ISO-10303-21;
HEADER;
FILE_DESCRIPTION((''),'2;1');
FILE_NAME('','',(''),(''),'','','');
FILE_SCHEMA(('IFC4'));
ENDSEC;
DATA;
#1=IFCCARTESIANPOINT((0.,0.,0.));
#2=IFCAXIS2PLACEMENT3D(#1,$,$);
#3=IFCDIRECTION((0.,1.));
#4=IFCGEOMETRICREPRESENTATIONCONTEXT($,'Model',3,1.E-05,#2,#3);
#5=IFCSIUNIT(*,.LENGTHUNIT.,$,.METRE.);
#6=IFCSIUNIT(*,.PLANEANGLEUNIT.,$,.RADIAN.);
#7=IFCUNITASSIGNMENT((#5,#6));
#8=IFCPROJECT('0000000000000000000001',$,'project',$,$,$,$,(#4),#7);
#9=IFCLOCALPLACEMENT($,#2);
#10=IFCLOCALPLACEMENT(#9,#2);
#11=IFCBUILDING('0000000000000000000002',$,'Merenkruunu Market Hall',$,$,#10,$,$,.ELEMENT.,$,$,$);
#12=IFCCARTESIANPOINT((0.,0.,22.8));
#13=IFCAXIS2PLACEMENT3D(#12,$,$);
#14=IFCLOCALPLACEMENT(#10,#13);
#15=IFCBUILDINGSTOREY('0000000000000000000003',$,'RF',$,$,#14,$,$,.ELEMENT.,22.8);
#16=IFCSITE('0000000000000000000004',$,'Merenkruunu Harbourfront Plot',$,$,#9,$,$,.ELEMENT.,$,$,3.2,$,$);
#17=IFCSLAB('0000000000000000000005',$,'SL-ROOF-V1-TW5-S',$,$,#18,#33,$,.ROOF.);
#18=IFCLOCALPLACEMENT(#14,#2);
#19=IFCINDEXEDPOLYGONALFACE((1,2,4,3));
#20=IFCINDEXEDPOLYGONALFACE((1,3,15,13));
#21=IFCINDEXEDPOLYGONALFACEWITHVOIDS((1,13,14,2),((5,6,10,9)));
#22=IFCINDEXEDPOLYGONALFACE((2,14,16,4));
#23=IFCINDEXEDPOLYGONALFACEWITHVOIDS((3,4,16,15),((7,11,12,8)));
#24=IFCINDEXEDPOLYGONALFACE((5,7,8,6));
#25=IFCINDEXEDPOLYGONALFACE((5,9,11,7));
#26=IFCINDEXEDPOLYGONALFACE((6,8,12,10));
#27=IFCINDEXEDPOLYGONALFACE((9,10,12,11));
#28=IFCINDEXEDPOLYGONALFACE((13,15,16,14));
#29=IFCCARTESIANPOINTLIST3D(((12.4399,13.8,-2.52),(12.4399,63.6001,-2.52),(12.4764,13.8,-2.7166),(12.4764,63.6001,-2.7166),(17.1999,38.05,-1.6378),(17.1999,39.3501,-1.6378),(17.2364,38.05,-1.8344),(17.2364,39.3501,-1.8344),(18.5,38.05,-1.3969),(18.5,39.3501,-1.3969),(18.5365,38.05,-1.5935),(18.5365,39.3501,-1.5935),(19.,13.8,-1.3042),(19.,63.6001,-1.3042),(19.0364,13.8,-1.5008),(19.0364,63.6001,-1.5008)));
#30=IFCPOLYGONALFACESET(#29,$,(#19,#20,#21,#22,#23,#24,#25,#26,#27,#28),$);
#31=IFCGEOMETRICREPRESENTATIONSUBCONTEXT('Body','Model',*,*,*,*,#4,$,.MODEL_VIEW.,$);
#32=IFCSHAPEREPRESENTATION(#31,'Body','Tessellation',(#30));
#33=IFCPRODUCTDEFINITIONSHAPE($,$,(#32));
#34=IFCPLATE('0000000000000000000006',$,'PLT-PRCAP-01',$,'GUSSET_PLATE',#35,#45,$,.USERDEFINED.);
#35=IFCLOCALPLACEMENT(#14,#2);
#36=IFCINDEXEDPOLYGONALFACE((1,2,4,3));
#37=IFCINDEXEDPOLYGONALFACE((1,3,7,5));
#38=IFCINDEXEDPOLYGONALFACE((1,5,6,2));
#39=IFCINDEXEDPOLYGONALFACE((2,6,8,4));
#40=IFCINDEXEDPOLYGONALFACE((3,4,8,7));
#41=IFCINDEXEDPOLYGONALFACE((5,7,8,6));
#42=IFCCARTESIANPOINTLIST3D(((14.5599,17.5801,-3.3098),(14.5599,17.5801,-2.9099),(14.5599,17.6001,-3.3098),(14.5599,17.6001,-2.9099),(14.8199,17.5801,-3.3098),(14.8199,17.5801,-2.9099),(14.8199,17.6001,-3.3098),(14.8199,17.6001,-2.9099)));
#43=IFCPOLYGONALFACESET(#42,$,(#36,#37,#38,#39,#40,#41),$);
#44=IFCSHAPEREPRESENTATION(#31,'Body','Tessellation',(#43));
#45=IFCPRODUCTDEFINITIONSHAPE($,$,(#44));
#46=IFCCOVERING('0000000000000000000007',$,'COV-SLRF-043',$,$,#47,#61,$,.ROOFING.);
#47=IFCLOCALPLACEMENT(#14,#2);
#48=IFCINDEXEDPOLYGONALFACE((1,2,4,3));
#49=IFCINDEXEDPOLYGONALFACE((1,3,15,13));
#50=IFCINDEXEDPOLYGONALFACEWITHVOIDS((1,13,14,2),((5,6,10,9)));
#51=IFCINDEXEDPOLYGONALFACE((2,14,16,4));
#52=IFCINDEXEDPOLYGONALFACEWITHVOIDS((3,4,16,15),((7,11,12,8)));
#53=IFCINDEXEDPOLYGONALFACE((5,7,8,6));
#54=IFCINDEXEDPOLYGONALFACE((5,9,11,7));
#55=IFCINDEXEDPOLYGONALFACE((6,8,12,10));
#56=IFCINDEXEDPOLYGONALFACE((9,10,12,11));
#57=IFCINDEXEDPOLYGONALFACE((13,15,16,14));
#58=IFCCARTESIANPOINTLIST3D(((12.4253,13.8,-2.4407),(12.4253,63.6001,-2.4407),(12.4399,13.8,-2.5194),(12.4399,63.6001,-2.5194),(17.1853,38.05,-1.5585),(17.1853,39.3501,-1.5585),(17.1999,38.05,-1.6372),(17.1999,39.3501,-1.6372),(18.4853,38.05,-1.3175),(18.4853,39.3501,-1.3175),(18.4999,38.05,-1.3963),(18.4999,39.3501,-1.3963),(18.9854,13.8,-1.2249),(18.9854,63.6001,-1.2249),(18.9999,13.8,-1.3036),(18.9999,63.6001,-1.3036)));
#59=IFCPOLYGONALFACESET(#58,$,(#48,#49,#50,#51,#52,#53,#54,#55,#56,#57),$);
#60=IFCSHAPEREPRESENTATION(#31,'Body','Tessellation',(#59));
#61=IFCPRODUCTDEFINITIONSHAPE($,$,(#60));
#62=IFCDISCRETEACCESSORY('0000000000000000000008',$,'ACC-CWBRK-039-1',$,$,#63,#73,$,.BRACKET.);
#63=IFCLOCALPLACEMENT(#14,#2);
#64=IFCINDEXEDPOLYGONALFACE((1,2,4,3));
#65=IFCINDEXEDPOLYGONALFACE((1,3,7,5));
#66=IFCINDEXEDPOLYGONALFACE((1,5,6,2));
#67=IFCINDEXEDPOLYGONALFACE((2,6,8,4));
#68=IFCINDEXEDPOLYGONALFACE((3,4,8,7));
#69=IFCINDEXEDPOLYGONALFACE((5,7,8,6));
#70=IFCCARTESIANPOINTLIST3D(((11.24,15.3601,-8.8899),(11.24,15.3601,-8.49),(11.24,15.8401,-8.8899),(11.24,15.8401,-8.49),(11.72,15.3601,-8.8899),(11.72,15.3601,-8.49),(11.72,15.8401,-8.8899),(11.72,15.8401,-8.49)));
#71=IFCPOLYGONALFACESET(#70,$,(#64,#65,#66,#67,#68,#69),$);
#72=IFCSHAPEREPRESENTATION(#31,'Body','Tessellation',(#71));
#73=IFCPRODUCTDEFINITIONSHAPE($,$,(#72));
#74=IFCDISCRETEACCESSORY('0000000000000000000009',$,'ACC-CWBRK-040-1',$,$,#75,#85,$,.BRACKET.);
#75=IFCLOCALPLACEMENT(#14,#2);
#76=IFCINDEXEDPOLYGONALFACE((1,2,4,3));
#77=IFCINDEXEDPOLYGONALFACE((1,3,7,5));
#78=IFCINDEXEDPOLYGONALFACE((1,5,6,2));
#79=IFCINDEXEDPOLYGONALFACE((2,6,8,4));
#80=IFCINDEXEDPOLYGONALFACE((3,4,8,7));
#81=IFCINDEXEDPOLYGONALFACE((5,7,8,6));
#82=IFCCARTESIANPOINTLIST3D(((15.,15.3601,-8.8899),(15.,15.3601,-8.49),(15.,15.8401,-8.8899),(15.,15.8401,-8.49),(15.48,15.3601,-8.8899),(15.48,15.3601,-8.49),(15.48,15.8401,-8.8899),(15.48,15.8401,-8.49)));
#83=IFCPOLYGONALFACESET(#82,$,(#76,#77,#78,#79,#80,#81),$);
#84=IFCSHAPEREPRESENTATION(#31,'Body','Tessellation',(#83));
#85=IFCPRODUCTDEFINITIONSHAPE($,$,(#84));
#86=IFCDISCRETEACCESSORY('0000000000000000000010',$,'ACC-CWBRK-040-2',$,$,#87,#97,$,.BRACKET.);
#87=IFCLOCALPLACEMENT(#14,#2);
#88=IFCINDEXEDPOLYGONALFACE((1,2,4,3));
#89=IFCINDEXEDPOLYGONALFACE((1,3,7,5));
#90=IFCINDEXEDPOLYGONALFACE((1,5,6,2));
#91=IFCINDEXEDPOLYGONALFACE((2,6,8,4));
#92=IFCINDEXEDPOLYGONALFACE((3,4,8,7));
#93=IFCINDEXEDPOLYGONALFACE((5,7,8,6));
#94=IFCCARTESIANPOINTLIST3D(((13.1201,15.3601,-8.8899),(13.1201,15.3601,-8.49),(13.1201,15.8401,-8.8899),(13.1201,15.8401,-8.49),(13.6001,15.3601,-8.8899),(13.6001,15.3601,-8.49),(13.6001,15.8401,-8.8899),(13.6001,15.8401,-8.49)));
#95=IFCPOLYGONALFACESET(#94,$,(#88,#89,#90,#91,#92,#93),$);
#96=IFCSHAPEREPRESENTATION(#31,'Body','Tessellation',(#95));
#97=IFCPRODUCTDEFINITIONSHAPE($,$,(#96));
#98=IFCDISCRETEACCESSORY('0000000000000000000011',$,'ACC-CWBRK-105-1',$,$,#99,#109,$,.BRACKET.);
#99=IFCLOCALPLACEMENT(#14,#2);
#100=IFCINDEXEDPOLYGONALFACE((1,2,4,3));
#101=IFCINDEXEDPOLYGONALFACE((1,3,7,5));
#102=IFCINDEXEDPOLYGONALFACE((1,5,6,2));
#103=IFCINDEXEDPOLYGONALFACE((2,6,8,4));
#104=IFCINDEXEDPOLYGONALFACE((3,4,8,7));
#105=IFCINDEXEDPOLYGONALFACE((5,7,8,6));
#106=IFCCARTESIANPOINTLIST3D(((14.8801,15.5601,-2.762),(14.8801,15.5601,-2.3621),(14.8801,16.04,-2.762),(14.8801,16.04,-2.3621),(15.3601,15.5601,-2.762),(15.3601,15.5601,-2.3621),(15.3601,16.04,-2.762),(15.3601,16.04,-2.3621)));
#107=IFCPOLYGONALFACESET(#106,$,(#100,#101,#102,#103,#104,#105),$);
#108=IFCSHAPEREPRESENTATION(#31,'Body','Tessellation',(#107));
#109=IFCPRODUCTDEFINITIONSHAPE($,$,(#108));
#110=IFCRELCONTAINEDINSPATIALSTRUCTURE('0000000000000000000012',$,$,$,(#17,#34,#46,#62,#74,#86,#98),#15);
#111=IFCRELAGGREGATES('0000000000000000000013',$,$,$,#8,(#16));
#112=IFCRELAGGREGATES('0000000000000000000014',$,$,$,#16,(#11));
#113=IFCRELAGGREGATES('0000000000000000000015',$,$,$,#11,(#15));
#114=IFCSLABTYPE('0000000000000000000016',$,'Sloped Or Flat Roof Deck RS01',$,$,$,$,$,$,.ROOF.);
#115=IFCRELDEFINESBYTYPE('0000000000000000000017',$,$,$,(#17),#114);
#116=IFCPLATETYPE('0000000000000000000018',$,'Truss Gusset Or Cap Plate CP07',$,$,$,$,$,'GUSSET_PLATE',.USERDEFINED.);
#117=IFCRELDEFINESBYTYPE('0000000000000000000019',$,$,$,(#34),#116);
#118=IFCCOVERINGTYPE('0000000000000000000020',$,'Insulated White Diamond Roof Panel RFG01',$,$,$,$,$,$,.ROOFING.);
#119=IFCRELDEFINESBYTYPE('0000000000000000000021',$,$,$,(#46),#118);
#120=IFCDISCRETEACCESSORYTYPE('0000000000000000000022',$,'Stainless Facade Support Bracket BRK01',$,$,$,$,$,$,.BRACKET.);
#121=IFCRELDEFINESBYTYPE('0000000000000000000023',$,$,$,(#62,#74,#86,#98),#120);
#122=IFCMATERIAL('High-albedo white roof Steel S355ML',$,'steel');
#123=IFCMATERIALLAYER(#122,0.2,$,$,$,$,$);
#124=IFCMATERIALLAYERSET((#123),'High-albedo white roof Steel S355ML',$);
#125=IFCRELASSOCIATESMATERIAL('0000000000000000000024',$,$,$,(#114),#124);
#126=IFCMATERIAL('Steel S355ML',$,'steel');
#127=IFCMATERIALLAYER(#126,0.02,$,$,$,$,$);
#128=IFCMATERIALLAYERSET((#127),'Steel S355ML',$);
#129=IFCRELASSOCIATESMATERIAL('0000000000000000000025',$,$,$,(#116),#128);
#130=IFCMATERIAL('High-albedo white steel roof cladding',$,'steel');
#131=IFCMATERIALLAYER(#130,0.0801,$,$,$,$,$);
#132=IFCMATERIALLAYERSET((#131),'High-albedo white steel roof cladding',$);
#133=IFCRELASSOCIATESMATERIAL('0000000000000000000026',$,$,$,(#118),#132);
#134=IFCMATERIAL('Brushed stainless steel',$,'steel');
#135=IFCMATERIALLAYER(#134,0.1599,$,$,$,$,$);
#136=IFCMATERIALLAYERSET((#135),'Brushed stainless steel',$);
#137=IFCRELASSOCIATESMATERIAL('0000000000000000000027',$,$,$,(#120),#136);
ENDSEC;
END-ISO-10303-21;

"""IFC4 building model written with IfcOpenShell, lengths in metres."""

from ifc_helpers import new_model, si_unit, direction, frame, origin, origin_2d, place, context, subcontext, project, spatial, polyline, rectangle, outline, extrude, material, layer, layer_set, type_object, element, save


model = new_model("IFC4")

# Units and contexts
model_context = context("Model", 3, precision=1e-05, world=origin(), true_north=direction((0.0, 1.0)))
body_context = subcontext(model_context, "Body", "Model", "MODEL_VIEW")
ifc_project = project(units=[si_unit("LENGTHUNIT", "METRE"), si_unit("PLANEANGLEUNIT", "RADIAN")], contexts=[model_context])

# Site, building, storey
site_placement = place(None, origin())
site = spatial("IfcSite", under=ifc_project, at=site_placement, Name="Merenkruunu Harbourfront Plot", CompositionType="ELEMENT", RefElevation=3.2)
building_placement = place(site_placement, origin())
building = spatial("IfcBuilding", under=site, at=building_placement, Name="Merenkruunu Market Hall", CompositionType="ELEMENT")
storey_placement = place(building_placement, frame((0.0, 0.0, 22.8)))
storey = spatial("IfcBuildingStorey", under=building, at=storey_placement, Name="RF", CompositionType="ELEMENT", Elevation=22.8)

# Slab
ifc_material_1 = material(Name="High-albedo white roof Steel S355ML", Category="steel")
ifc_layer_1 = layer(ifc_material_1, 0.2)
ifc_layer_set_1 = layer_set([ifc_layer_1], Name="High-albedo white roof Steel S355ML")
slab_type = type_object("IfcSlabType", Name="Sloped Or Flat Roof Deck RS01", PredefinedType="ROOF", material=ifc_layer_set_1)
slab_placement = place(storey_placement, frame((12.4399, 13.8, -2.52), z_axis=(-0.182233, 0.0, 0.983255), x_axis=(0.983255, 0.0, 0.182233)))
element("IfcSlab", 1, at=slab_placement, inside=storey, type_object=slab_type, Name="SL-ROOF-V1-TW5-S", PredefinedType="ROOF", context=body_context, shape_type="SweptSolid", body=[
    extrude(outline(polyline([(0.0, 0.0), (6.6718, 0.0), (6.6718, 49.8), (0.0, 49.8), (0.0, 0.0)]), holes=[polyline([(4.841, 24.25), (6.1633, 24.25), (6.1633, 25.55), (4.841, 25.55), (4.841, 24.25)])]), origin(), (0.0, 0.0, -1.0), 0.2),
])

# Plate
ifc_material_2 = material(Name="Steel S355ML", Category="steel")
ifc_layer_2 = layer(ifc_material_2, 0.02)
ifc_layer_set_2 = layer_set([ifc_layer_2], Name="Steel S355ML")
plate_type_1 = type_object("IfcPlateType", Name="Truss Gusset Or Cap Plate CP07", ElementType="GUSSET_PLATE", PredefinedType="USERDEFINED", material=ifc_layer_set_2)
plate_1_placement = place(storey_placement, frame((14.6899, 17.5901, -3.3098), z_axis=(0.0, 0.0, 1.0), x_axis=(1.0, 0.0, 0.0)))
element("IfcPlate", 2, at=plate_1_placement, inside=storey, type_object=plate_type_1, Name="PLT-PRCAP-01", ObjectType="GUSSET_PLATE", PredefinedType="USERDEFINED", context=body_context, shape_type="SweptSolid", body=[
    extrude(rectangle(XDim=0.26, YDim=0.02, at=origin_2d()), origin(), (0.0, 0.0, 1.0), 0.3999),
])

# Covering
ifc_material_3 = material(Name="High-albedo white steel roof cladding", Category="steel")
ifc_layer_3 = layer(ifc_material_3, 0.0801)
ifc_layer_set_3 = layer_set([ifc_layer_3], Name="High-albedo white steel roof cladding")
covering_type = type_object("IfcCoveringType", Name="Insulated White Diamond Roof Panel RFG01", PredefinedType="ROOFING", material=ifc_layer_set_3)
covering_placement = place(storey_placement, frame((12.4253, 13.8, -2.4407), z_axis=(-0.182233, 0.0, 0.983255), x_axis=(0.983255, 0.0, 0.182233)))
element("IfcCovering", 3, at=covering_placement, inside=storey, type_object=covering_type, Name="COV-SLRF-043", PredefinedType="ROOFING", context=body_context, shape_type="SweptSolid", body=[
    extrude(outline(polyline([(0.0, 0.0), (6.6718, 0.0), (6.6718, 49.8), (0.0, 49.8), (0.0, 0.0)]), holes=[polyline([(4.841, 24.25), (6.1632, 24.25), (6.1632, 25.55), (4.841, 25.55), (4.841, 24.25)])]), origin(), (0.0, 0.0, -1.0), 0.0801),
])

# Discrete accessories
ifc_material_4 = material(Name="Brushed stainless steel", Category="steel")
ifc_layer_4 = layer(ifc_material_4, 0.1599)
ifc_layer_set_4 = layer_set([ifc_layer_4], Name="Brushed stainless steel")
discrete_accessory_type = type_object("IfcDiscreteAccessoryType", Name="Stainless Facade Support Bracket BRK01", PredefinedType="BRACKET", material=ifc_layer_set_4)
for number, where, z_axis, x_axis, name in (
    (4, (11.48, 15.6001, -8.8899), (0.0, 0.0, 1.0), (1.0, 0.0, 0.0), "ACC-CWBRK-039-1"),
    (5, (15.24, 15.6001, -8.8899), (0.0, 0.0, 1.0), (1.0, 0.0, 0.0), "ACC-CWBRK-040-1"),
    (6, (13.3601, 15.6001, -8.8899), (0.0, 0.0, 1.0), (1.0, 0.0, 0.0), "ACC-CWBRK-040-2"),
    (7, (15.1201, 15.8, -2.762), (0.0, 0.0, 1.0), (1.0, 0.0, 0.0), "ACC-CWBRK-105-1"),
):
    element("IfcDiscreteAccessory", number, at=place(storey_placement, frame(where, z_axis=z_axis, x_axis=x_axis)), inside=storey, type_object=discrete_accessory_type, Name=name, PredefinedType="BRACKET", context=body_context, shape_type="SweptSolid", body=[
        extrude(rectangle(XDim=0.48, YDim=0.48, at=origin_2d()), origin(), (0.0, 0.0, 1.0), 0.3999),
    ])

save(model, "model.ifc")
